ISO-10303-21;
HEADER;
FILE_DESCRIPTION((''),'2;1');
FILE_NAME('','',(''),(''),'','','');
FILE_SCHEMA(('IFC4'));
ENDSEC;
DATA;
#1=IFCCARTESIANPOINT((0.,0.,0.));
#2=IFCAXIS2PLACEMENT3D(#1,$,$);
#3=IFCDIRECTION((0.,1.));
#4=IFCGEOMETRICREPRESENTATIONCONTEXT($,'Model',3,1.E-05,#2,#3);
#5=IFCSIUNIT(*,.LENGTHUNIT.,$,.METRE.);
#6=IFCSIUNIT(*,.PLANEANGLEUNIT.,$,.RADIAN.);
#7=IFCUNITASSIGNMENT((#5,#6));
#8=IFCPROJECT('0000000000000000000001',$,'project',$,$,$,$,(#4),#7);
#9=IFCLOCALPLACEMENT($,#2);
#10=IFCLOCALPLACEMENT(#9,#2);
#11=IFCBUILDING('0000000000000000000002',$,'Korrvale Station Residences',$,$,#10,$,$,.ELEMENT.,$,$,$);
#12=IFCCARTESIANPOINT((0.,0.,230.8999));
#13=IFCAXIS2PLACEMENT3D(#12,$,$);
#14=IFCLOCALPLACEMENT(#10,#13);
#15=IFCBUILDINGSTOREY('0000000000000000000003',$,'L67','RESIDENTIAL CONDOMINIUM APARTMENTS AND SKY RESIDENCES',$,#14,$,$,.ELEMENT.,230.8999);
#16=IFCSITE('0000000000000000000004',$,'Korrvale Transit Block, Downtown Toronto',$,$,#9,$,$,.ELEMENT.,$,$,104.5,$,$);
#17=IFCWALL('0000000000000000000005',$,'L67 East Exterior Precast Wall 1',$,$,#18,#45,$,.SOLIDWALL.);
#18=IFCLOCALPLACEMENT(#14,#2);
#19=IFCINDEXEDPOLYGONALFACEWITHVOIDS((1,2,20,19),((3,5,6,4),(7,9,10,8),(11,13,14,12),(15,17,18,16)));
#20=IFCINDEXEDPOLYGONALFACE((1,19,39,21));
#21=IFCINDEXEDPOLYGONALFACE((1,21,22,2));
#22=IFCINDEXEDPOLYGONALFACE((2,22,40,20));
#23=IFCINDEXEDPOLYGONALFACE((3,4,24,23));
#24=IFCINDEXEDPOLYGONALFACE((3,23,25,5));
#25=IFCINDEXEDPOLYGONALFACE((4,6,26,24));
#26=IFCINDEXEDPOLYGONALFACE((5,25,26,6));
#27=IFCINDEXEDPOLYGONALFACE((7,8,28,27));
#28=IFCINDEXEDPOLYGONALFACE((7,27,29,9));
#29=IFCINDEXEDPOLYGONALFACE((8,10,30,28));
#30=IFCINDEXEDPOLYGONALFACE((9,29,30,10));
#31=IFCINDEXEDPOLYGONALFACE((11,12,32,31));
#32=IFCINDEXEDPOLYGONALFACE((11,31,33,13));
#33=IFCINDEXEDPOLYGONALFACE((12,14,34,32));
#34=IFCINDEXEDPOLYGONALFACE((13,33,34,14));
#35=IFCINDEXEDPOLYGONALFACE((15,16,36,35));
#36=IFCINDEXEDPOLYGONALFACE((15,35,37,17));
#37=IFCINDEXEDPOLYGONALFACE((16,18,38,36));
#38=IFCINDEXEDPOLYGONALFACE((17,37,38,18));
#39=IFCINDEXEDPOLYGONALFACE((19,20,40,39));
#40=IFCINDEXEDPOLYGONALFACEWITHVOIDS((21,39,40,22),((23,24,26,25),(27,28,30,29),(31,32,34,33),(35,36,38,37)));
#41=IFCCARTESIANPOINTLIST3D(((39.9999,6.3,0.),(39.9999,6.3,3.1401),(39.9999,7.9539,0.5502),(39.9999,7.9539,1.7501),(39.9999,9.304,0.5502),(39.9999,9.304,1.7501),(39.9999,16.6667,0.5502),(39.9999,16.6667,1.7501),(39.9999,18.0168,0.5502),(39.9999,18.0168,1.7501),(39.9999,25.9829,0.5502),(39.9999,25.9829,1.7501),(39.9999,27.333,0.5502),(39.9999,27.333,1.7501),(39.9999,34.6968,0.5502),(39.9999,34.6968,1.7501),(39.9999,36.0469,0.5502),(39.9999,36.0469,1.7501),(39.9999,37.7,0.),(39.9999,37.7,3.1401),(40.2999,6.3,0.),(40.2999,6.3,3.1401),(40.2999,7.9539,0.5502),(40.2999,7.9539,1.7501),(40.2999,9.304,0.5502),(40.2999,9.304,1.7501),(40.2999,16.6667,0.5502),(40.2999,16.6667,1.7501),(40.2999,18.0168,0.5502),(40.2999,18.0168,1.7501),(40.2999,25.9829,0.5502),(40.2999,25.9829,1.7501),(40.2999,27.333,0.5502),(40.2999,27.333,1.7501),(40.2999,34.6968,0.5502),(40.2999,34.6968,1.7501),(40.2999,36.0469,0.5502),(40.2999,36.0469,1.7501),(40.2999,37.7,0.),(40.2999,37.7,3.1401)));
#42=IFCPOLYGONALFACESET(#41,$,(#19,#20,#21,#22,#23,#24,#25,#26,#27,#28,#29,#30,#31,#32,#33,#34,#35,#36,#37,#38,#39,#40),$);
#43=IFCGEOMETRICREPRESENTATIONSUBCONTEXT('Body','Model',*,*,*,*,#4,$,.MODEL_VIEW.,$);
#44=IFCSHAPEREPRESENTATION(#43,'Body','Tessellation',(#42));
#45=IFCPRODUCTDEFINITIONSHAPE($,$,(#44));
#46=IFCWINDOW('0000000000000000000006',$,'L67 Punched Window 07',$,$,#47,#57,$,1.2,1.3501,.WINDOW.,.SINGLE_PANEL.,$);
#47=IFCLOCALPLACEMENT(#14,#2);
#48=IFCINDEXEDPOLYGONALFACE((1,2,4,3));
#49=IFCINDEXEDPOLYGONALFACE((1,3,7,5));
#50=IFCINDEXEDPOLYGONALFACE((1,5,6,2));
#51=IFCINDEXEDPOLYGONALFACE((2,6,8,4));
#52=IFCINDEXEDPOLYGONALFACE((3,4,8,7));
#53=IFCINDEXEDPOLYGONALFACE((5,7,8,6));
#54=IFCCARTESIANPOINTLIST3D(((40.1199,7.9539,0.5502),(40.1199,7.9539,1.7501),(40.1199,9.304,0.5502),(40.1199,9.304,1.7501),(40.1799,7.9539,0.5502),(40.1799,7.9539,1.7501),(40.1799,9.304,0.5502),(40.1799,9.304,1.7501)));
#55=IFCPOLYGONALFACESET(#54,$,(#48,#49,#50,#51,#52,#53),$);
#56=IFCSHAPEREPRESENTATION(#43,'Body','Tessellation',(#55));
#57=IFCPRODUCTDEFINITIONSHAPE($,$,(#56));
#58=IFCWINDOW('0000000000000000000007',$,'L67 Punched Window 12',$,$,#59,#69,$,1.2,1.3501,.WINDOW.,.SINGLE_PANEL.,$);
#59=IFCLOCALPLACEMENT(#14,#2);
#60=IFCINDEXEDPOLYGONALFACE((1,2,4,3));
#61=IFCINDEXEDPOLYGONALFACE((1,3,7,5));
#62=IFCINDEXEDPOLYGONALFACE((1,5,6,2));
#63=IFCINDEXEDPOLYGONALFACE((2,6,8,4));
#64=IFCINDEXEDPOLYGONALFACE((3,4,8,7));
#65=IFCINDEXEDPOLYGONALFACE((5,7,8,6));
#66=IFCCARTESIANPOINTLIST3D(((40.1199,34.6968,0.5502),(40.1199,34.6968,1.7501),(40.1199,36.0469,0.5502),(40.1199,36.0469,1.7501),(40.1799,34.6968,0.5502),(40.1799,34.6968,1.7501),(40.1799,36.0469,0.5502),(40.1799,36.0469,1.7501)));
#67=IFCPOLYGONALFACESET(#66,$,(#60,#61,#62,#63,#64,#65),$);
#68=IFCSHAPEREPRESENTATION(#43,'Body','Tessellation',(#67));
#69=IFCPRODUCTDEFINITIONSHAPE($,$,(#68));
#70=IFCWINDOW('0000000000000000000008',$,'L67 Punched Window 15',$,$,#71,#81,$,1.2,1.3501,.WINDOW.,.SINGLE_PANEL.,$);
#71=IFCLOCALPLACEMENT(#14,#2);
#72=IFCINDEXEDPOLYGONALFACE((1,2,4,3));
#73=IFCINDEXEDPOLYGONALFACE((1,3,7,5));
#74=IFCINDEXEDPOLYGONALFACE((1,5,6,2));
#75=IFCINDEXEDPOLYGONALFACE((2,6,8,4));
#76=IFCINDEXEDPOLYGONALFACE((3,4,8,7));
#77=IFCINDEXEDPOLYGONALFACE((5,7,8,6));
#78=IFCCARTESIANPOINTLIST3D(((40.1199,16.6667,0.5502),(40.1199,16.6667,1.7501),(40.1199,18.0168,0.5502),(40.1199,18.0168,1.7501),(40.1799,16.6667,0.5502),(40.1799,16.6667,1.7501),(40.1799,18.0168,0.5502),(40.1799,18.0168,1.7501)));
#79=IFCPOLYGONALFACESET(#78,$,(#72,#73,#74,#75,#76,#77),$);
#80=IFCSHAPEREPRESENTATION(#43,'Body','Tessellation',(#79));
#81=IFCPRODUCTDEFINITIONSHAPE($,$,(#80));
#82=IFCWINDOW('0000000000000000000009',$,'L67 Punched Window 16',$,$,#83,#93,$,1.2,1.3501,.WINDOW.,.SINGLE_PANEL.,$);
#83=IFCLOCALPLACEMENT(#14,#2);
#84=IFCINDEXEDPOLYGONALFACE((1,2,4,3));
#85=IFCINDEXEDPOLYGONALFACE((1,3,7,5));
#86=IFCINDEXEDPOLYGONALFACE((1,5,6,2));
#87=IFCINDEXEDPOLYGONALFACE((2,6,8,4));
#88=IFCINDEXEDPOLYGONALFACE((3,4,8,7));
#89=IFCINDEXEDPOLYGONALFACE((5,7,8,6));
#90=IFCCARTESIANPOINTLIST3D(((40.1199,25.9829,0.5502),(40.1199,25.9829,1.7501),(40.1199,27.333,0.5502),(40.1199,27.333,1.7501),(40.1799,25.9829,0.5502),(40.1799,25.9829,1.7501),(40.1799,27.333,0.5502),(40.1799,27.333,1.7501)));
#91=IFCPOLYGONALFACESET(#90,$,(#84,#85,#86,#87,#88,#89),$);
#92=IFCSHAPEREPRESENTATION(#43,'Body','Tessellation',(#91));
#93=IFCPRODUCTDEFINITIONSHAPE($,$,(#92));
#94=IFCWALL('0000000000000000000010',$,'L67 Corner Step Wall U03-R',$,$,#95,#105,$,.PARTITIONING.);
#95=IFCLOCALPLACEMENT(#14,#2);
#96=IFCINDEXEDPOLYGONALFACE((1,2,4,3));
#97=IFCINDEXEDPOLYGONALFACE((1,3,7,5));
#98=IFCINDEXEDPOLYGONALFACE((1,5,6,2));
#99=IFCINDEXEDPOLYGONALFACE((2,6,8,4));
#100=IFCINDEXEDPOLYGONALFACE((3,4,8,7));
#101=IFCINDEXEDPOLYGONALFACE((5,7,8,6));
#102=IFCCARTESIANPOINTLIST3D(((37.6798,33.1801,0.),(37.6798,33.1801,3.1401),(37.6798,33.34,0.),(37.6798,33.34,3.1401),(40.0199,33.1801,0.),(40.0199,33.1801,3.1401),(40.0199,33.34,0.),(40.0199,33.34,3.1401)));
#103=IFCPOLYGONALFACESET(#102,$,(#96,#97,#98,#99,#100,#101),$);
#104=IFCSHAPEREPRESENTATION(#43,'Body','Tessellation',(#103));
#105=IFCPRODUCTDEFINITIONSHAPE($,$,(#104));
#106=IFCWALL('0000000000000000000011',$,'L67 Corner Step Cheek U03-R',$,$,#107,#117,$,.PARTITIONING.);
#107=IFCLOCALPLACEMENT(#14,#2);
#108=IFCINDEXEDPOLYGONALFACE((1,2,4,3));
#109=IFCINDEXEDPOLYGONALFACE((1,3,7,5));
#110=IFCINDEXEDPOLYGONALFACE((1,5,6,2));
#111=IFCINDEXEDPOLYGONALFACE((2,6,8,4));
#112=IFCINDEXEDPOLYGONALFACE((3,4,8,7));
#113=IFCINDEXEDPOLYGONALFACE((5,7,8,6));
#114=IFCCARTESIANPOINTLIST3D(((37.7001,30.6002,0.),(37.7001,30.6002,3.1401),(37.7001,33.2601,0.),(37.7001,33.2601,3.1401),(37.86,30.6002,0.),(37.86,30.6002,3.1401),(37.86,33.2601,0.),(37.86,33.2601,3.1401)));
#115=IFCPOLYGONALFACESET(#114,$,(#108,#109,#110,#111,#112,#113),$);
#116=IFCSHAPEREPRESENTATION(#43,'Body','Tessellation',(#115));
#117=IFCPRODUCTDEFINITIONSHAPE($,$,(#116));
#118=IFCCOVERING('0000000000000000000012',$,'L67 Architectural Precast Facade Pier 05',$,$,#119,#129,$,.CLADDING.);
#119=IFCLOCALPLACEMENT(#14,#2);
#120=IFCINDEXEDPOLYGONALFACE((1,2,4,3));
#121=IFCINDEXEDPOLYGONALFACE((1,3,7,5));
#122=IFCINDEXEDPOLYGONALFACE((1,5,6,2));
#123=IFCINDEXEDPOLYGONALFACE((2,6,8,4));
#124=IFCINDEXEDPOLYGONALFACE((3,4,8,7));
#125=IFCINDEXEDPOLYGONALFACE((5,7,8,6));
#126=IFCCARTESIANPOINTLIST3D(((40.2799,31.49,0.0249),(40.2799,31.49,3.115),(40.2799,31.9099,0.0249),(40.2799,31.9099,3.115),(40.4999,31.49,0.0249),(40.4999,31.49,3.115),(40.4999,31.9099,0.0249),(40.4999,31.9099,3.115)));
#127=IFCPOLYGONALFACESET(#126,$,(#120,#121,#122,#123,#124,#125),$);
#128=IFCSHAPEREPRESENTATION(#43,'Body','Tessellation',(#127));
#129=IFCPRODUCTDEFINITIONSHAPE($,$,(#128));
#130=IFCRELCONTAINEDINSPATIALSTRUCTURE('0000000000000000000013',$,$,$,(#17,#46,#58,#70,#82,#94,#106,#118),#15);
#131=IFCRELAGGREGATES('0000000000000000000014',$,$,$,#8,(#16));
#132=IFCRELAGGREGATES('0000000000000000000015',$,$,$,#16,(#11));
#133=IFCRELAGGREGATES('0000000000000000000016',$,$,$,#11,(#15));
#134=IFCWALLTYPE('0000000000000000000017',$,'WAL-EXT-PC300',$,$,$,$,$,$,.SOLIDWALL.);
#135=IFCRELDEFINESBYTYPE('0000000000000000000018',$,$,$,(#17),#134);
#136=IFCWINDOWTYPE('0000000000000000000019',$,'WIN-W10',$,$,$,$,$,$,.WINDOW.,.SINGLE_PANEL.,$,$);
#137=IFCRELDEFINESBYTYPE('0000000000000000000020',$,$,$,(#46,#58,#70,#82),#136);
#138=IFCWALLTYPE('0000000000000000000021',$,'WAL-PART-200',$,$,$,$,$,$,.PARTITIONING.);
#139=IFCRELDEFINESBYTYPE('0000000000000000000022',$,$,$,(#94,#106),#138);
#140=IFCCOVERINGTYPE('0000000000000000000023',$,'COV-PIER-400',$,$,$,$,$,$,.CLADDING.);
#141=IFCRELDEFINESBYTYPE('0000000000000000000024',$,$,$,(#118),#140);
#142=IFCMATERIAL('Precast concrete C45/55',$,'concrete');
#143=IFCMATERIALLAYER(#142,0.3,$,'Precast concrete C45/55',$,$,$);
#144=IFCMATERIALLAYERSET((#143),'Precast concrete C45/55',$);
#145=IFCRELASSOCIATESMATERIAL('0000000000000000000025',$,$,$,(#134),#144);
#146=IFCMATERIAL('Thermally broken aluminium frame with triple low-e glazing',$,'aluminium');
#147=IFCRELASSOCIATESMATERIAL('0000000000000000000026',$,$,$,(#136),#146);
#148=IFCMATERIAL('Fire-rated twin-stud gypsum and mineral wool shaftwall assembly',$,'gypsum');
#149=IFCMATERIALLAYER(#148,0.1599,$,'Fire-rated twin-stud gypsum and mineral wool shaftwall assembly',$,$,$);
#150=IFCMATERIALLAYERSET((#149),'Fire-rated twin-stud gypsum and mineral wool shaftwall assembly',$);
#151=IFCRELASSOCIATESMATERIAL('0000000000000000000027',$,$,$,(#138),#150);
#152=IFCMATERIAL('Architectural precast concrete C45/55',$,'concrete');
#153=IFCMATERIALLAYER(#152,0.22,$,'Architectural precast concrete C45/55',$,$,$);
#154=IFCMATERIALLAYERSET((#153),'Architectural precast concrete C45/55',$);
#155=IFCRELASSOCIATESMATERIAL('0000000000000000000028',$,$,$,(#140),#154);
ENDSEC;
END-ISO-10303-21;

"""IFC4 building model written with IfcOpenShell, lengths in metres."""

from ifc_helpers import new_model, si_unit, direction, frame, frame_2d, origin, origin_2d, place, context, subcontext, project, spatial, rectangle, extrude, material, layer, layer_set, type_object, element, fill, save


model = new_model("IFC4")

# Units and contexts
model_context = context("Model", 3, precision=1e-05, world=origin(), true_north=direction((0.0, 1.0)))
body_context = subcontext(model_context, "Body", "Model", "MODEL_VIEW")
ifc_project = project(units=[si_unit("LENGTHUNIT", "METRE"), si_unit("PLANEANGLEUNIT", "RADIAN")], contexts=[model_context])

# Site, building, storey
site_placement = place(None, origin())
site = spatial("IfcSite", under=ifc_project, at=site_placement, Name="Korrvale Transit Block, Downtown Toronto", CompositionType="ELEMENT", RefElevation=104.5)
building_placement = place(site_placement, origin())
building = spatial("IfcBuilding", under=site, at=building_placement, Name="Korrvale Station Residences", CompositionType="ELEMENT")
storey_placement = place(building_placement, frame((0.0, 0.0, 230.8999)))
storey = spatial("IfcBuildingStorey", under=building, at=storey_placement, Name="L67", Description="RESIDENTIAL CONDOMINIUM APARTMENTS AND SKY RESIDENCES", CompositionType="ELEMENT", Elevation=230.8999)

# Shared definitions
ifc_material_1 = material(Name="Precast concrete C45/55", Category="concrete")
ifc_layer_1 = layer(ifc_material_1, 0.3, Name="Precast concrete C45/55")
ifc_layer_set_1 = layer_set([ifc_layer_1], Name="Precast concrete C45/55")
wall_type_1 = type_object("IfcWallType", Name="WAL-EXT-PC300", PredefinedType="SOLIDWALL", material=ifc_layer_set_1)

# Wall, openings, windows
wall_1_placement = place(storey_placement, frame((40.1499, 37.7, 0.0), z_axis=(0.0, 0.0, 1.0), x_axis=(0.0, -1.0, 0.0)))
wall_1 = element("IfcWall", 1, at=wall_1_placement, inside=storey, type_object=wall_type_1, Name="L67 East Exterior Precast Wall 1", PredefinedType="SOLIDWALL", context=body_context, shape_type="SweptSolid", body=[
    extrude(rectangle(XDim=31.3999, YDim=0.3, at=frame_2d((15.7, 0.0))), origin(), (0.0, 0.0, 1.0), 3.1401),
])
opening_1_placement = place(wall_1_placement, frame((28.396, 0.0, 0.55)))
opening_1 = element("IfcOpeningElement", 2, at=opening_1_placement, cuts=wall_1, PredefinedType="OPENING", context=body_context, shape_type="SweptSolid", body=[
    extrude(rectangle(XDim=1.3501, YDim=1.2, at=frame_2d((0.675, 0.6001))), frame((0.0, 0.1602, 0.0), z_axis=(0.0, -1.0, 0.0), x_axis=(1.0, 0.0, 0.0)), (0.0, 0.0, 1.0), 0.3201),
])
opening_2_placement = place(wall_1_placement, frame((1.6531, 0.0, 0.55)))
opening_2 = element("IfcOpeningElement", 3, at=opening_2_placement, cuts=wall_1, PredefinedType="OPENING", context=body_context, shape_type="SweptSolid", body=[
    extrude(rectangle(XDim=1.3501, YDim=1.2, at=frame_2d((0.675, 0.6001))), frame((0.0, 0.1602, 0.0), z_axis=(0.0, -1.0, 0.0), x_axis=(1.0, 0.0, 0.0)), (0.0, 0.0, 1.0), 0.3201),
])
opening_3_placement = place(wall_1_placement, frame((19.6831, 0.0, 0.55)))
opening_3 = element("IfcOpeningElement", 4, at=opening_3_placement, cuts=wall_1, PredefinedType="OPENING", context=body_context, shape_type="SweptSolid", body=[
    extrude(rectangle(XDim=1.3501, YDim=1.2, at=frame_2d((0.675, 0.6001))), frame((0.0, 0.1602, 0.0), z_axis=(0.0, -1.0, 0.0), x_axis=(1.0, 0.0, 0.0)), (0.0, 0.0, 1.0), 0.3201),
])
opening_4_placement = place(wall_1_placement, frame((10.3669, 0.0, 0.55)))
opening_4 = element("IfcOpeningElement", 5, at=opening_4_placement, cuts=wall_1, PredefinedType="OPENING", context=body_context, shape_type="SweptSolid", body=[
    extrude(rectangle(XDim=1.3501, YDim=1.2, at=frame_2d((0.675, 0.6001))), frame((0.0, 0.1602, 0.0), z_axis=(0.0, -1.0, 0.0), x_axis=(1.0, 0.0, 0.0)), (0.0, 0.0, 1.0), 0.3201),
])
ifc_material_2 = material(Name="Thermally broken aluminium frame with triple low-e glazing", Category="aluminium")
window_type = type_object("IfcWindowType", Name="WIN-W10", PartitioningType="SINGLE_PANEL", PredefinedType="WINDOW", material=ifc_material_2)
window_1_placement = place(opening_1_placement, origin())
window_1 = element("IfcWindow", 6, at=window_1_placement, inside=storey, type_object=window_type, Name="L67 Punched Window 07", OverallHeight=1.2, OverallWidth=1.3501, PartitioningType="SINGLE_PANEL", PredefinedType="WINDOW", context=body_context, shape_type="SweptSolid", body=[
    extrude(rectangle(XDim=1.3501, YDim=1.2, at=frame_2d((0.675, 0.6001))), frame((0.0, 0.03, 0.0), z_axis=(0.0, -1.0, 0.0), x_axis=(1.0, 0.0, 0.0)), (0.0, 0.0, 1.0), 0.0601),
])
fill(opening_1, window_1)
window_2_placement = place(opening_2_placement, origin())
window_2 = element("IfcWindow", 7, at=window_2_placement, inside=storey, type_object=window_type, Name="L67 Punched Window 12", OverallHeight=1.2, OverallWidth=1.3501, PartitioningType="SINGLE_PANEL", PredefinedType="WINDOW", context=body_context, shape_type="SweptSolid", body=[
    extrude(rectangle(XDim=1.3501, YDim=1.2, at=frame_2d((0.675, 0.6001))), frame((0.0, 0.03, 0.0), z_axis=(0.0, -1.0, 0.0), x_axis=(1.0, 0.0, 0.0)), (0.0, 0.0, 1.0), 0.0601),
])
fill(opening_2, window_2)
window_3_placement = place(opening_3_placement, origin())
window_3 = element("IfcWindow", 8, at=window_3_placement, inside=storey, type_object=window_type, Name="L67 Punched Window 15", OverallHeight=1.2, OverallWidth=1.3501, PartitioningType="SINGLE_PANEL", PredefinedType="WINDOW", context=body_context, shape_type="SweptSolid", body=[
    extrude(rectangle(XDim=1.3501, YDim=1.2, at=frame_2d((0.675, 0.6001))), frame((0.0, 0.03, 0.0), z_axis=(0.0, -1.0, 0.0), x_axis=(1.0, 0.0, 0.0)), (0.0, 0.0, 1.0), 0.0601),
])
fill(opening_3, window_3)
window_4_placement = place(opening_4_placement, origin())
window_4 = element("IfcWindow", 9, at=window_4_placement, inside=storey, type_object=window_type, Name="L67 Punched Window 16", OverallHeight=1.2, OverallWidth=1.3501, PartitioningType="SINGLE_PANEL", PredefinedType="WINDOW", context=body_context, shape_type="SweptSolid", body=[
    extrude(rectangle(XDim=1.3501, YDim=1.2, at=frame_2d((0.675, 0.6001))), frame((0.0, 0.03, 0.0), z_axis=(0.0, -1.0, 0.0), x_axis=(1.0, 0.0, 0.0)), (0.0, 0.0, 1.0), 0.0601),
])
fill(opening_4, window_4)

# Walls
ifc_material_3 = material(Name="Fire-rated twin-stud gypsum and mineral wool shaftwall assembly", Category="gypsum")
ifc_layer_2 = layer(ifc_material_3, 0.1599, Name="Fire-rated twin-stud gypsum and mineral wool shaftwall assembly")
ifc_layer_set_2 = layer_set([ifc_layer_2], Name="Fire-rated twin-stud gypsum and mineral wool shaftwall assembly")
wall_type_2 = type_object("IfcWallType", Name="WAL-PART-200", PredefinedType="PARTITIONING", material=ifc_layer_set_2)
wall_2_placement = place(storey_placement, frame((37.6799, 33.26, 0.0), z_axis=(0.0, 0.0, 1.0), x_axis=(1.0, 0.0, 0.0)))
element("IfcWall", 10, at=wall_2_placement, inside=storey, type_object=wall_type_2, Name="L67 Corner Step Wall U03-R", PredefinedType="PARTITIONING", context=body_context, shape_type="SweptSolid", body=[
    extrude(rectangle(XDim=2.3401, YDim=0.1599, at=frame_2d((1.1699, 0.0))), origin(), (0.0, 0.0, 1.0), 3.1401),
])
wall_3_placement = place(storey_placement, frame((37.78, 30.6001, 0.0), z_axis=(0.0, 0.0, 1.0), x_axis=(0.0, 1.0, 0.0)))
element("IfcWall", 11, at=wall_3_placement, inside=storey, type_object=wall_type_2, Name="L67 Corner Step Cheek U03-R", PredefinedType="PARTITIONING", context=body_context, shape_type="SweptSolid", body=[
    extrude(rectangle(XDim=2.6599, YDim=0.1599, at=frame_2d((1.3301, 0.0))), origin(), (0.0, 0.0, 1.0), 3.1401),
])

# Covering
ifc_material_4 = material(Name="Architectural precast concrete C45/55", Category="concrete")
ifc_layer_3 = layer(ifc_material_4, 0.22, Name="Architectural precast concrete C45/55")
ifc_layer_set_3 = layer_set([ifc_layer_3], Name="Architectural precast concrete C45/55")
covering_type = type_object("IfcCoveringType", Name="COV-PIER-400", PredefinedType="CLADDING", material=ifc_layer_set_3)
covering_placement = place(storey_placement, frame((40.3899, 31.7, 0.0249), z_axis=(0.0, 0.0, 1.0), x_axis=(0.0, 1.0, 0.0)))
element("IfcCovering", 12, at=covering_placement, inside=storey, type_object=covering_type, Name="L67 Architectural Precast Facade Pier 05", PredefinedType="CLADDING", context=body_context, shape_type="SweptSolid", body=[
    extrude(rectangle(XDim=0.4199, YDim=0.22, at=origin_2d()), origin(), (0.0, 0.0, 1.0), 3.0901),
])

save(model, "model.ifc")
